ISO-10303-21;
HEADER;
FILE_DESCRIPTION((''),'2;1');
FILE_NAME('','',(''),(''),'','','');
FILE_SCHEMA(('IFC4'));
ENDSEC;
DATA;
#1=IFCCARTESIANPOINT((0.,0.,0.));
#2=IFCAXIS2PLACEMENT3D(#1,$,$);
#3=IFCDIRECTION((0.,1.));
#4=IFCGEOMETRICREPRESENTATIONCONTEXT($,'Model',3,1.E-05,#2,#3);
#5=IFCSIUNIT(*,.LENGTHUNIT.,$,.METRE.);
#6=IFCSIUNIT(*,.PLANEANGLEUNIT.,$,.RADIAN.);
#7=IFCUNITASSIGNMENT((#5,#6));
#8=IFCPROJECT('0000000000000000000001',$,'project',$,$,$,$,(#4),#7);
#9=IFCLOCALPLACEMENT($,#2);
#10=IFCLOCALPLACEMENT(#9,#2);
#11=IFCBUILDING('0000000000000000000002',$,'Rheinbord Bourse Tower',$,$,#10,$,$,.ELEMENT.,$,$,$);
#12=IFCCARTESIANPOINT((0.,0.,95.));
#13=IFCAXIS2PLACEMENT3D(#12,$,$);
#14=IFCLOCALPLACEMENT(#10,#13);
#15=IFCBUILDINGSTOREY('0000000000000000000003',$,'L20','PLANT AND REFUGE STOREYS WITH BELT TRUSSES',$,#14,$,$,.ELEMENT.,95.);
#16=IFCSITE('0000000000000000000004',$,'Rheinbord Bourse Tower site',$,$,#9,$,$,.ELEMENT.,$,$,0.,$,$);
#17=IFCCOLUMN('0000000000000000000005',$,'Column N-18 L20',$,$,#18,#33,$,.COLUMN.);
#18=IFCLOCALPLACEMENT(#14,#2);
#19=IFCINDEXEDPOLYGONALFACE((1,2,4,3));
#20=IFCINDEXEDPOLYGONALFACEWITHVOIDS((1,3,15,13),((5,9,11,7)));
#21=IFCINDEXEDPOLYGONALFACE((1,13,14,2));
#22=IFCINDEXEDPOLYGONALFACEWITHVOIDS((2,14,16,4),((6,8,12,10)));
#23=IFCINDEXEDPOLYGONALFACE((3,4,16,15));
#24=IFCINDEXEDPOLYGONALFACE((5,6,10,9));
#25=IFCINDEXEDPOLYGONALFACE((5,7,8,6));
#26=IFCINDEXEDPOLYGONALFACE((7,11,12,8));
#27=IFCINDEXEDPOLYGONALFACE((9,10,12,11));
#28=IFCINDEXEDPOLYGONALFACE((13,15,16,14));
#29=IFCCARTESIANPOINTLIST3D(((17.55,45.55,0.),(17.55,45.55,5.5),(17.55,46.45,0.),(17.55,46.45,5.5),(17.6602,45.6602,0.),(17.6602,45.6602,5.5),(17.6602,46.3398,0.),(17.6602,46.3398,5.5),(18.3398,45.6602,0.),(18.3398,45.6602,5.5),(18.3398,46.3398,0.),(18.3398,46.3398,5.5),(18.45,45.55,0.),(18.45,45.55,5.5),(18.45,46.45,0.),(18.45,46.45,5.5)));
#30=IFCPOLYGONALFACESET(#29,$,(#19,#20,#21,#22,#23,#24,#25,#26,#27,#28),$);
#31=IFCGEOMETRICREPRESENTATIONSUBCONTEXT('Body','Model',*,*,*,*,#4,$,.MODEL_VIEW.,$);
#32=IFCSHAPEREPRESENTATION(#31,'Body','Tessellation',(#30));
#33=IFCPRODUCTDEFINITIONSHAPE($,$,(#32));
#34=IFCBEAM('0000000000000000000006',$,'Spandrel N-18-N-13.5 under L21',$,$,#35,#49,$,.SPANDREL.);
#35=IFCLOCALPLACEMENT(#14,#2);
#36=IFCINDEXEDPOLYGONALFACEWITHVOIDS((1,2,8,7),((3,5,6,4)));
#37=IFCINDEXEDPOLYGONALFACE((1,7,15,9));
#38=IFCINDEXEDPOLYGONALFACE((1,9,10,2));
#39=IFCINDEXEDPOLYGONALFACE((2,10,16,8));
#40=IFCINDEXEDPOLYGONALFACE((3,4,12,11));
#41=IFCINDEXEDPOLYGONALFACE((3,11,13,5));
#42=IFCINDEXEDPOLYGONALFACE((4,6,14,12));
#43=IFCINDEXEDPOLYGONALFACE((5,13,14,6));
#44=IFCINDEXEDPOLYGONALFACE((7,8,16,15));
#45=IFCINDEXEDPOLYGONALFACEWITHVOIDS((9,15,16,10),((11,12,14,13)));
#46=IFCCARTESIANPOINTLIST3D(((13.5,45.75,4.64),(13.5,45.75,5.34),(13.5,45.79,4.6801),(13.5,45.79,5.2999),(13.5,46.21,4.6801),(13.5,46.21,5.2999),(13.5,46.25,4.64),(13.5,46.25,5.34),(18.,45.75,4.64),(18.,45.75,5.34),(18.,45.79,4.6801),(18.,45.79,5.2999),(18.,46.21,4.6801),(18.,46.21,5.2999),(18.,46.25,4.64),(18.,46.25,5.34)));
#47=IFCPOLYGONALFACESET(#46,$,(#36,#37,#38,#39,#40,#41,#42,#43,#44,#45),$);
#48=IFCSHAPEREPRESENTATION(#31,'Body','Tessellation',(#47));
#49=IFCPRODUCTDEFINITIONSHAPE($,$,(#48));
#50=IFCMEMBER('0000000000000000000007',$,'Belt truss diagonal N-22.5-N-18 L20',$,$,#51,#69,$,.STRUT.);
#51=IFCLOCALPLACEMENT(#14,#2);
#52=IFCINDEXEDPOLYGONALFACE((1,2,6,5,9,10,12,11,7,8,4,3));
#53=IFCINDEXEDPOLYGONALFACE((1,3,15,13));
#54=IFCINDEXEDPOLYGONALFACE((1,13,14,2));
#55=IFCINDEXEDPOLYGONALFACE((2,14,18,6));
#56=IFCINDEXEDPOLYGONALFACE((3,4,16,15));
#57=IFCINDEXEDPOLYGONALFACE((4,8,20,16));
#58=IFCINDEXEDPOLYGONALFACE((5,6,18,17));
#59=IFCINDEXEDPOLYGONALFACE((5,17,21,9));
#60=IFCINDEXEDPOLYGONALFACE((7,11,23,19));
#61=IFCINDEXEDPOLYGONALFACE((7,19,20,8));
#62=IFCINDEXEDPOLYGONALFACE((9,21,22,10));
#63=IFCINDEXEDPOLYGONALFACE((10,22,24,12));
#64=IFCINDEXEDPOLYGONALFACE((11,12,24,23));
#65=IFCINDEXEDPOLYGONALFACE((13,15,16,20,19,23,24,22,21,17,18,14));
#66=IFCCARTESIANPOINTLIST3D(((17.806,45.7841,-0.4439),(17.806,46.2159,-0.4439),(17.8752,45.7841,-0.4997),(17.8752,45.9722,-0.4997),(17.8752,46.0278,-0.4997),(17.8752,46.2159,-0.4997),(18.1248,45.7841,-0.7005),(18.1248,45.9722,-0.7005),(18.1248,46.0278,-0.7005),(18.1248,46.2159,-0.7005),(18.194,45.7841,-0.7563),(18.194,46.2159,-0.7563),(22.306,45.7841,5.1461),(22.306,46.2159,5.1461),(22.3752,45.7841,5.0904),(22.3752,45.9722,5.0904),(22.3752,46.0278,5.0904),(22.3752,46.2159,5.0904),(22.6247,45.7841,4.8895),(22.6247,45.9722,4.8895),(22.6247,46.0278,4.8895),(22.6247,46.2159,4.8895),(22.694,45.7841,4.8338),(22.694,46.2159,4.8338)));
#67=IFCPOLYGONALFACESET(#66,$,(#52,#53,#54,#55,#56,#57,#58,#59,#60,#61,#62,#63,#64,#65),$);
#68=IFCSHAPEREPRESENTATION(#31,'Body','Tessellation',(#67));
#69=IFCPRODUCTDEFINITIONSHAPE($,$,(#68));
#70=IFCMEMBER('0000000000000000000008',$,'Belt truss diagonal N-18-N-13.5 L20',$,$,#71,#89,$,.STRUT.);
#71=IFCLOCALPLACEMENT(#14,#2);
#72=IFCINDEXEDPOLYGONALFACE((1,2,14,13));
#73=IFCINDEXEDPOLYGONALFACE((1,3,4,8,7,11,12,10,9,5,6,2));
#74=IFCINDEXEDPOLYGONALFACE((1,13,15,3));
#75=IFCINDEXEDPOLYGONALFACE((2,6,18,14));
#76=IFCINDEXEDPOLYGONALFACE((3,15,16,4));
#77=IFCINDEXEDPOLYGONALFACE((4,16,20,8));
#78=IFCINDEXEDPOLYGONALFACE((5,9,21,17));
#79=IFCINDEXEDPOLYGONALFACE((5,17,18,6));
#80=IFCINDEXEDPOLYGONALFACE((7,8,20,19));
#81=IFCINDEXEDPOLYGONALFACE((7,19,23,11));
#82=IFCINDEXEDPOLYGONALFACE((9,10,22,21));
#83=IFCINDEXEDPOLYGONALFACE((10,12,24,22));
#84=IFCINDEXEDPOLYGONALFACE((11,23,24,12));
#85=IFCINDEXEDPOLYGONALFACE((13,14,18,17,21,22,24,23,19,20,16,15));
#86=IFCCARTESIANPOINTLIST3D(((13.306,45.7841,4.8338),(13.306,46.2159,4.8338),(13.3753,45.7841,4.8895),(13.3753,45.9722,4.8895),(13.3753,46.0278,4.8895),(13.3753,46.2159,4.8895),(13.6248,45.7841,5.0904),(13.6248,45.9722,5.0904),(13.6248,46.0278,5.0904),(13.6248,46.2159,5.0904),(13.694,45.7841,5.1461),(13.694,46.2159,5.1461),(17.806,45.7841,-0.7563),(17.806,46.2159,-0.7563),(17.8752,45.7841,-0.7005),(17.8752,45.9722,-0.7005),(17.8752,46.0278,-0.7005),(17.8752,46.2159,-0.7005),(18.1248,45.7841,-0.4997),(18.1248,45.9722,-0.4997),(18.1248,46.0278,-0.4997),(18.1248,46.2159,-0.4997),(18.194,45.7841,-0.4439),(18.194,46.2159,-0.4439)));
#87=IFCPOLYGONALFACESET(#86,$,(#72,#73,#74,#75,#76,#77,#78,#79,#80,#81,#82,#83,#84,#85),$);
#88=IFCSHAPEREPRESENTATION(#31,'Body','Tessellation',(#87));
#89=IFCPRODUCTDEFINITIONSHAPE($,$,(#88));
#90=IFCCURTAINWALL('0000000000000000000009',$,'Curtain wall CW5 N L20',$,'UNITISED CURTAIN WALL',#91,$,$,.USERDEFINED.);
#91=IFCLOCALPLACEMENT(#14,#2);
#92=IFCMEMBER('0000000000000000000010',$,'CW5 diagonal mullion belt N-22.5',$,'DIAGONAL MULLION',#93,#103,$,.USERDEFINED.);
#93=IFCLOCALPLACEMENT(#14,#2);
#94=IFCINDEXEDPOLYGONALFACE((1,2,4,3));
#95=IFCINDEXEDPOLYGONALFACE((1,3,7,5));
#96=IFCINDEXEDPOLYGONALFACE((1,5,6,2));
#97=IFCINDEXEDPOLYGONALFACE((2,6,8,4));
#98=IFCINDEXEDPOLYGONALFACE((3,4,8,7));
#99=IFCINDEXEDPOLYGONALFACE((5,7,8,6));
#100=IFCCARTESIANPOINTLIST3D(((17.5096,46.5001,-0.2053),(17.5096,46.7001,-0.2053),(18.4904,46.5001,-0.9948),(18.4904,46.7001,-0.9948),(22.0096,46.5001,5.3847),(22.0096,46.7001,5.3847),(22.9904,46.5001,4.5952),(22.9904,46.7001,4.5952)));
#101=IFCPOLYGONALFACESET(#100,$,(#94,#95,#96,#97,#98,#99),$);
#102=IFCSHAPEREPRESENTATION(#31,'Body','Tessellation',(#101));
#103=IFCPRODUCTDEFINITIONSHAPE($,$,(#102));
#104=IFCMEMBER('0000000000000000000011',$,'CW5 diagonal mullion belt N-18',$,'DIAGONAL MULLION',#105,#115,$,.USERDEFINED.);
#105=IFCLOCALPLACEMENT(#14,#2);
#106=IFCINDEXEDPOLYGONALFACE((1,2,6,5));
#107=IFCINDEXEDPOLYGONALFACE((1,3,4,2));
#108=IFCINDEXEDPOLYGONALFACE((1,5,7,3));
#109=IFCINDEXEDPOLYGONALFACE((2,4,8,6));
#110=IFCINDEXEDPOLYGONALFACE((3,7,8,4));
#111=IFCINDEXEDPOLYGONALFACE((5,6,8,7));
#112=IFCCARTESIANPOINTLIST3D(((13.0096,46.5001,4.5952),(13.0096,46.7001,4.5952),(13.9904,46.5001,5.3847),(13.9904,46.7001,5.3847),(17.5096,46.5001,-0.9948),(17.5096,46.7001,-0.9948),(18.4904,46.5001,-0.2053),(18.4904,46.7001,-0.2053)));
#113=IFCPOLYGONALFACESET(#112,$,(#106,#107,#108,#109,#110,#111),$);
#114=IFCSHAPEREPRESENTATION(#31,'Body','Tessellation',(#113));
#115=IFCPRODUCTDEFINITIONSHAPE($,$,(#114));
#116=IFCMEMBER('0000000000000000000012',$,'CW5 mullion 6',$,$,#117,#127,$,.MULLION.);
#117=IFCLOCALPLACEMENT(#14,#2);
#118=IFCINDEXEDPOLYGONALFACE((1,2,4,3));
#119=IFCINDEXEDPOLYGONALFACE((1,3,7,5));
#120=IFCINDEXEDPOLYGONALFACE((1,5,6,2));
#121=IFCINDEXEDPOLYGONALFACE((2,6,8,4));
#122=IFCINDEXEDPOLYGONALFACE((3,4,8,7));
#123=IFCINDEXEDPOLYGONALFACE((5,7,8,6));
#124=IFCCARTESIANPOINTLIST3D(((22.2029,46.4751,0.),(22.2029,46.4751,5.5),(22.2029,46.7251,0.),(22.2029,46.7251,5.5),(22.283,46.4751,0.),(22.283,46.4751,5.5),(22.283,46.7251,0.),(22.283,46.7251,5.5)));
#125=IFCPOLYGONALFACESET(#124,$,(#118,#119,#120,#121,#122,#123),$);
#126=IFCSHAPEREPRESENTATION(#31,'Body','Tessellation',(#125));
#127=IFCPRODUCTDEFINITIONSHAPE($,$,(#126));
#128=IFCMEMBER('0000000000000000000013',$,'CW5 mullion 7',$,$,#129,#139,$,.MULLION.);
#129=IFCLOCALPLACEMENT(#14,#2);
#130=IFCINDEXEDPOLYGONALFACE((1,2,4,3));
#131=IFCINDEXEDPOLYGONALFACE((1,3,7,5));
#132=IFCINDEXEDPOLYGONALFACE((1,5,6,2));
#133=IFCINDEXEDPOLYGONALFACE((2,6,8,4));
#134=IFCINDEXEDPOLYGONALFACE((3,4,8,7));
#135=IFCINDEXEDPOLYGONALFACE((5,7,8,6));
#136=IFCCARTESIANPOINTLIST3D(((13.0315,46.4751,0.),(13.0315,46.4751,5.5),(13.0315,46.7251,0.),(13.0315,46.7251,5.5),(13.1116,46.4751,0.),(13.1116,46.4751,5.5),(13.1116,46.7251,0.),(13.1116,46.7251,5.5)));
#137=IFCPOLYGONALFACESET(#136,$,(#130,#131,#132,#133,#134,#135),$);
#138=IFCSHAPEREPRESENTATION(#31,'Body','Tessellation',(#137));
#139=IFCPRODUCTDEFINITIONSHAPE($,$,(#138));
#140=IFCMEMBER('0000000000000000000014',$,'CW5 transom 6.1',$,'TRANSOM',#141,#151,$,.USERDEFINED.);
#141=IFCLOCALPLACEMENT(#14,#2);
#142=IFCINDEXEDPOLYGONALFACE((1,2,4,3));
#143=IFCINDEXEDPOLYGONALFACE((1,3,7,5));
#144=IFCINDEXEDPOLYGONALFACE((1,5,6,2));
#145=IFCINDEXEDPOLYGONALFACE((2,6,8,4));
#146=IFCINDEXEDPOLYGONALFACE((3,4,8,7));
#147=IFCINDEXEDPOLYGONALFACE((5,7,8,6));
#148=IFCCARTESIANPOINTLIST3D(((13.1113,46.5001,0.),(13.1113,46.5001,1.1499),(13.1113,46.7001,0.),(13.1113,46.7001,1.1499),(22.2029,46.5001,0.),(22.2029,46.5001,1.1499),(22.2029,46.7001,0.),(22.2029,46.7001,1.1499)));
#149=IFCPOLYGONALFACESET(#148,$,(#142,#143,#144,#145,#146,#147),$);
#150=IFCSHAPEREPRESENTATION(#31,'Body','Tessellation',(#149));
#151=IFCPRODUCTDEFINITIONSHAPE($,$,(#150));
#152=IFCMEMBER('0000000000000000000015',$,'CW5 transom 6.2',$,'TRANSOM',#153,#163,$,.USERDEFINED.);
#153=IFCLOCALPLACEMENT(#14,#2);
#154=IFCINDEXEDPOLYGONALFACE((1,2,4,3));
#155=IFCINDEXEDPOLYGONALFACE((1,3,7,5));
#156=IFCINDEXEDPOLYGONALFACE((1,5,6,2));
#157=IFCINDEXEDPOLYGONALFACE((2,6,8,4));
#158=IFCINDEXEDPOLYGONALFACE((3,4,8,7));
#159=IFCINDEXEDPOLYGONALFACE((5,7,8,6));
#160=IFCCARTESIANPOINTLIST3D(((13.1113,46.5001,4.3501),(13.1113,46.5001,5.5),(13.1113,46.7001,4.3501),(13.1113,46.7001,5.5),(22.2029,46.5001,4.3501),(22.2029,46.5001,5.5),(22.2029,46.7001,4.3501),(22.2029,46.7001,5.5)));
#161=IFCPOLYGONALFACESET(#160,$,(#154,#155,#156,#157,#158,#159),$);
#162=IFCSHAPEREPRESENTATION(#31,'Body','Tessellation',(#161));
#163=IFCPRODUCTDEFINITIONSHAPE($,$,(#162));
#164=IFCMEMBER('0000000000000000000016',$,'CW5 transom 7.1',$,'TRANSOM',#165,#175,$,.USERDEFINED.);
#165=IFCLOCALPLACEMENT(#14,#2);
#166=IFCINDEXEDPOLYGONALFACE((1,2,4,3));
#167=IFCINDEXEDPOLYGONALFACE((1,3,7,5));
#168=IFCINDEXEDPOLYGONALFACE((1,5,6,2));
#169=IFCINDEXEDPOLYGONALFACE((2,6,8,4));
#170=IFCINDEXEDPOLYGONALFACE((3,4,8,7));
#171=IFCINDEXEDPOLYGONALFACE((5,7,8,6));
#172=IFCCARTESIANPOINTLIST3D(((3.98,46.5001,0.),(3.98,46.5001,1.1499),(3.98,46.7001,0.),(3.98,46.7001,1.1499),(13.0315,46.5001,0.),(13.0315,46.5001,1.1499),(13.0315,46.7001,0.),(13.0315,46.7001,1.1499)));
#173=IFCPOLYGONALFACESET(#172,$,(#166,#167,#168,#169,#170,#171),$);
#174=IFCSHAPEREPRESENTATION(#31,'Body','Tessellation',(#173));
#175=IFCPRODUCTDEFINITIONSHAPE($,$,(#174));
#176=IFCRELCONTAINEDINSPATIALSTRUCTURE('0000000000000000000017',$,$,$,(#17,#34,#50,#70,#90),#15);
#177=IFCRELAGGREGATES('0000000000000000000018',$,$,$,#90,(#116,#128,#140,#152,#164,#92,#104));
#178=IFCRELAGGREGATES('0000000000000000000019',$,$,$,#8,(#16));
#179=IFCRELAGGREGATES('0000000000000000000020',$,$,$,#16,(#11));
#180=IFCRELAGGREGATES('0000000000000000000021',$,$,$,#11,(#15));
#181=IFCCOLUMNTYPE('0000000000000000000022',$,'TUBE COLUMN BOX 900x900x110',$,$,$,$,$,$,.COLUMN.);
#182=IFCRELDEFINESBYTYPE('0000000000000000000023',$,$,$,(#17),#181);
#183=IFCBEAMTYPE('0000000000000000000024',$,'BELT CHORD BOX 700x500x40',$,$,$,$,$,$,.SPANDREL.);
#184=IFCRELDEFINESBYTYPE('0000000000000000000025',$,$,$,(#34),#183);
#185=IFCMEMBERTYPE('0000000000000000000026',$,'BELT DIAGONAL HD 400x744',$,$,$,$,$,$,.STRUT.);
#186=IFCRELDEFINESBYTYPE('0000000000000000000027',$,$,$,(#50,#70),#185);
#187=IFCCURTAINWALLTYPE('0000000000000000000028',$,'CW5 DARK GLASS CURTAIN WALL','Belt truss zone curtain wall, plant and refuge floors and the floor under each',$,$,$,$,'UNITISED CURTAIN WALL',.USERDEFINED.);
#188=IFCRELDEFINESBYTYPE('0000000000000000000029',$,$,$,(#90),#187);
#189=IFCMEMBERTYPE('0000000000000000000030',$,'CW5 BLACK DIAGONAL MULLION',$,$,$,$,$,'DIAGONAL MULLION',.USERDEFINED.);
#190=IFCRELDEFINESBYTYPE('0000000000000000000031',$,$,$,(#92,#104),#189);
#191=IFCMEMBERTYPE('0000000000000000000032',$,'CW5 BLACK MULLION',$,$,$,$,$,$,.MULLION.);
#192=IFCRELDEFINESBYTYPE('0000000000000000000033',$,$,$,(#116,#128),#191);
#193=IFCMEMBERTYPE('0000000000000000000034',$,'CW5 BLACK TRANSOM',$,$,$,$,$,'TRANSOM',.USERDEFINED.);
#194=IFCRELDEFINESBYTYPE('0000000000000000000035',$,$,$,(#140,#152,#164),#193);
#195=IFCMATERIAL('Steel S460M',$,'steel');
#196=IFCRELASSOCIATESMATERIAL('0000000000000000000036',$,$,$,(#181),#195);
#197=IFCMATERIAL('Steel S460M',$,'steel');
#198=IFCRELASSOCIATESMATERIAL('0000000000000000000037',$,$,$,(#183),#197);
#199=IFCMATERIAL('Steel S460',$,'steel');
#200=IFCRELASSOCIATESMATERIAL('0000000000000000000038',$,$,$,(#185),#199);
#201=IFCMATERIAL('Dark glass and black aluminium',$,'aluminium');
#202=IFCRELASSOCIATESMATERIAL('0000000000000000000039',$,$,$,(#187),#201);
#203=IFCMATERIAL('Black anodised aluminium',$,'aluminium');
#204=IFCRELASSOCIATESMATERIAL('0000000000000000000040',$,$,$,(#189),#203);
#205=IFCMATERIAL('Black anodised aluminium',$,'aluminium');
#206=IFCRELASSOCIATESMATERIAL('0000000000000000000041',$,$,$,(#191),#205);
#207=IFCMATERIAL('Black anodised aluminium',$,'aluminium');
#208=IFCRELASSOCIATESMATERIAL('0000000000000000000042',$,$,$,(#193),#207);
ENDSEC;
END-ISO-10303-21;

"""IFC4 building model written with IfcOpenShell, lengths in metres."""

from ifc_helpers import new_model, si_unit, direction, frame, origin, origin_2d, place, context, subcontext, project, spatial, rectangle, hollow_rectangle, i_section, extrude, material, material_profile, profile_set, type_object, element, aggregate, save


model = new_model("IFC4")

# Units and contexts
model_context = context("Model", 3, precision=1e-05, world=origin(), true_north=direction((0.0, 1.0)))
body_context = subcontext(model_context, "Body", "Model", "MODEL_VIEW")
ifc_project = project(units=[si_unit("LENGTHUNIT", "METRE"), si_unit("PLANEANGLEUNIT", "RADIAN")], contexts=[model_context])

# Site, building, storey
site_placement = place(None, origin())
site = spatial("IfcSite", under=ifc_project, at=site_placement, Name="Rheinbord Bourse Tower site", CompositionType="ELEMENT", RefElevation=0.0)
building_placement = place(site_placement, origin())
building = spatial("IfcBuilding", under=site, at=building_placement, Name="Rheinbord Bourse Tower", CompositionType="ELEMENT")
storey_placement = place(building_placement, frame((0.0, 0.0, 95.0)))
storey = spatial("IfcBuildingStorey", under=building, at=storey_placement, Name="L20", Description="PLANT AND REFUGE STOREYS WITH BELT TRUSSES", CompositionType="ELEMENT", Elevation=95.0)

# Column
ifc_material_1 = material(Name="Steel S460M", Category="steel")
ifc_material_profile_1 = material_profile(ifc_material_1, hollow_rectangle(XDim=0.8999, YDim=0.8999, WallThickness=0.1101, at=origin_2d()), Name="BOX 900x900x110")
ifc_profile_set_1 = profile_set([ifc_material_profile_1], Name="Steel S460M")
column_type = type_object("IfcColumnType", Name="TUBE COLUMN BOX 900x900x110", PredefinedType="COLUMN", material=ifc_profile_set_1)
column_placement = place(storey_placement, frame((18.0, 46.0, 0.0), z_axis=(0.0, 0.0, 1.0), x_axis=(0.0, 1.0, 0.0)))
element("IfcColumn", 1, at=column_placement, inside=storey, type_object=column_type, Name="Column N-18 L20", PredefinedType="COLUMN", context=body_context, shape_type="SweptSolid", body=[
    extrude(hollow_rectangle(XDim=0.8999, YDim=0.8999, WallThickness=0.1101, at=origin_2d()), origin(), (0.0, 0.0, 1.0), 5.5),
])

# Beam
ifc_material_2 = material(Name="Steel S460M", Category="steel")
ifc_material_profile_2 = material_profile(ifc_material_2, hollow_rectangle(XDim=0.5, YDim=0.7, WallThickness=0.04, at=origin_2d()), Name="BOX 700x500x40")
ifc_profile_set_2 = profile_set([ifc_material_profile_2], Name="Steel S460M")
beam_type_1 = type_object("IfcBeamType", Name="BELT CHORD BOX 700x500x40", PredefinedType="SPANDREL", material=ifc_profile_set_2)
beam_placement = place(storey_placement, frame((18.0, 46.0, 4.99), z_axis=(-1.0, 0.0, 0.0), x_axis=(0.0, -1.0, 0.0)))
element("IfcBeam", 2, at=beam_placement, inside=storey, type_object=beam_type_1, Name="Spandrel N-18-N-13.5 under L21", PredefinedType="SPANDREL", context=body_context, shape_type="SweptSolid", body=[
    extrude(hollow_rectangle(XDim=0.5, YDim=0.7, WallThickness=0.04, at=origin_2d()), origin(), (0.0, 0.0, 1.0), 4.5),
])

# Members
ifc_material_3 = material(Name="Steel S460", Category="steel")
ifc_material_profile_3 = material_profile(ifc_material_3, i_section(OverallWidth=0.4319, OverallDepth=0.498, WebThickness=0.0557, FlangeThickness=0.0889, at=origin_2d()), Name="HD 400x744")
ifc_profile_set_3 = profile_set([ifc_material_profile_3], Name="Steel S460")
member_type_1 = type_object("IfcMemberType", Name="BELT DIAGONAL HD 400x744", PredefinedType="STRUT", material=ifc_profile_set_3)
for number, where, z_axis, x_axis, name in (
    (3, (18.0, 46.0, -0.6001), (0.627065, 0.0, 0.778967), (0.0, 1.0, 0.0), "Belt truss diagonal N-22.5-N-18 L20"),
    (4, (18.0, 46.0, -0.6001), (-0.627065, 0.0, 0.778967), (0.0, -1.0, 0.0), "Belt truss diagonal N-18-N-13.5 L20"),
):
    element("IfcMember", number, at=place(storey_placement, frame(where, z_axis=z_axis, x_axis=x_axis)), inside=storey, type_object=member_type_1, Name=name, PredefinedType="STRUT", context=body_context, shape_type="SweptSolid", body=[
        extrude(i_section(OverallWidth=0.4319, OverallDepth=0.498, WebThickness=0.0557, FlangeThickness=0.0889, at=origin_2d()), origin(), (0.0, 0.0, 1.0), 7.1763),
    ])

# Curtain wall, members
ifc_material_4 = material(Name="Dark glass and black aluminium", Category="aluminium")
curtain_wall_type = type_object("IfcCurtainWallType", Name="CW5 DARK GLASS CURTAIN WALL", Description="Belt truss zone curtain wall, plant and refuge floors and the floor under each", ElementType="UNITISED CURTAIN WALL", PredefinedType="USERDEFINED", material=ifc_material_4)
curtain_wall_placement = place(storey_placement, origin())
curtain_wall = element("IfcCurtainWall", 5, at=curtain_wall_placement, inside=storey, type_object=curtain_wall_type, Name="Curtain wall CW5 N L20", ObjectType="UNITISED CURTAIN WALL", PredefinedType="USERDEFINED")
ifc_material_5 = material(Name="Black anodised aluminium", Category="aluminium")
ifc_material_profile_4 = material_profile(ifc_material_5, rectangle(XDim=0.2, YDim=1.259, at=origin_2d()), Name="CW5 DIAGONAL MULLION 1259x200")
ifc_profile_set_4 = profile_set([ifc_material_profile_4], Name="Black anodised aluminium")
member_type_2 = type_object("IfcMemberType", Name="CW5 BLACK DIAGONAL MULLION", ElementType="DIAGONAL MULLION", PredefinedType="USERDEFINED", material=ifc_profile_set_4)
member_1_placement = place(storey_placement, frame((18.0, 46.6001, -0.6001), z_axis=(0.627065, 0.0, 0.778967), x_axis=(0.0, 1.0, 0.0)))
member_1 = element("IfcMember", 6, at=member_1_placement, type_object=member_type_2, Name="CW5 diagonal mullion belt N-22.5", ObjectType="DIAGONAL MULLION", PredefinedType="USERDEFINED", context=body_context, shape_type="SweptSolid", body=[
    extrude(rectangle(XDim=0.2, YDim=1.259, at=origin_2d()), origin(), (0.0, 0.0, 1.0), 7.1763),
])
member_2_placement = place(storey_placement, frame((18.0, 46.6001, -0.6001), z_axis=(-0.627065, 0.0, 0.778967), x_axis=(0.0, -1.0, 0.0)))
member_2 = element("IfcMember", 7, at=member_2_placement, type_object=member_type_2, Name="CW5 diagonal mullion belt N-18", ObjectType="DIAGONAL MULLION", PredefinedType="USERDEFINED", context=body_context, shape_type="SweptSolid", body=[
    extrude(rectangle(XDim=0.2, YDim=1.259, at=origin_2d()), origin(), (0.0, 0.0, 1.0), 7.1763),
])
ifc_material_6 = material(Name="Black anodised aluminium", Category="aluminium")
ifc_material_profile_5 = material_profile(ifc_material_6, rectangle(XDim=0.25, YDim=0.0801, at=origin_2d()), Name="CW5 MULLION 80x250")
ifc_profile_set_5 = profile_set([ifc_material_profile_5], Name="Black anodised aluminium")
member_type_3 = type_object("IfcMemberType", Name="CW5 BLACK MULLION", PredefinedType="MULLION", material=ifc_profile_set_5)
member_3_placement = place(storey_placement, frame((22.2429, 46.6001, 0.0), z_axis=(0.0, 0.0, 1.0), x_axis=(0.0, -1.0, 0.0)))
member_3 = element("IfcMember", 8, at=member_3_placement, type_object=member_type_3, Name="CW5 mullion 6", PredefinedType="MULLION", context=body_context, shape_type="SweptSolid", body=[
    extrude(rectangle(XDim=0.25, YDim=0.0801, at=origin_2d()), origin(), (0.0, 0.0, 1.0), 5.5),
])
member_4_placement = place(storey_placement, frame((13.0715, 46.6001, 0.0), z_axis=(0.0, 0.0, 1.0), x_axis=(0.0, -1.0, 0.0)))
member_4 = element("IfcMember", 9, at=member_4_placement, type_object=member_type_3, Name="CW5 mullion 7", PredefinedType="MULLION", context=body_context, shape_type="SweptSolid", body=[
    extrude(rectangle(XDim=0.25, YDim=0.0801, at=origin_2d()), origin(), (0.0, 0.0, 1.0), 5.5),
])
ifc_material_7 = material(Name="Black anodised aluminium", Category="aluminium")
ifc_material_profile_6 = material_profile(ifc_material_7, rectangle(XDim=0.2, YDim=1.1499, at=origin_2d()), Name="CW5 TRANSOM 1150x200")
ifc_profile_set_6 = profile_set([ifc_material_profile_6], Name="Black anodised aluminium")
member_type_4 = type_object("IfcMemberType", Name="CW5 BLACK TRANSOM", ElementType="TRANSOM", PredefinedType="USERDEFINED", material=ifc_profile_set_6)
member_5_placement = place(storey_placement, frame((22.2029, 46.6001, 0.575), z_axis=(-1.0, 0.0, 0.0), x_axis=(0.0, -1.0, 0.0)))
member_5 = element("IfcMember", 10, at=member_5_placement, type_object=member_type_4, Name="CW5 transom 6.1", ObjectType="TRANSOM", PredefinedType="USERDEFINED", context=body_context, shape_type="SweptSolid", body=[
    extrude(rectangle(XDim=0.2, YDim=1.1499, at=origin_2d()), origin(), (0.0, 0.0, 1.0), 9.0916),
])
member_6_placement = place(storey_placement, frame((22.2029, 46.6001, 4.925), z_axis=(-1.0, 0.0, 0.0), x_axis=(0.0, -1.0, 0.0)))
member_6 = element("IfcMember", 11, at=member_6_placement, type_object=member_type_4, Name="CW5 transom 6.2", ObjectType="TRANSOM", PredefinedType="USERDEFINED", context=body_context, shape_type="SweptSolid", body=[
    extrude(rectangle(XDim=0.2, YDim=1.1499, at=origin_2d()), origin(), (0.0, 0.0, 1.0), 9.0916),
])
member_7_placement = place(storey_placement, frame((13.0315, 46.6001, 0.575), z_axis=(-1.0, 0.0, 0.0), x_axis=(0.0, -1.0, 0.0)))
member_7 = element("IfcMember", 12, at=member_7_placement, type_object=member_type_4, Name="CW5 transom 7.1", ObjectType="TRANSOM", PredefinedType="USERDEFINED", context=body_context, shape_type="SweptSolid", body=[
    extrude(rectangle(XDim=0.2, YDim=1.1499, at=origin_2d()), origin(), (0.0, 0.0, 1.0), 9.0515),
])

aggregate(curtain_wall, [member_3, member_4, member_5, member_6, member_7, member_1, member_2])

save(model, "model.ifc")
